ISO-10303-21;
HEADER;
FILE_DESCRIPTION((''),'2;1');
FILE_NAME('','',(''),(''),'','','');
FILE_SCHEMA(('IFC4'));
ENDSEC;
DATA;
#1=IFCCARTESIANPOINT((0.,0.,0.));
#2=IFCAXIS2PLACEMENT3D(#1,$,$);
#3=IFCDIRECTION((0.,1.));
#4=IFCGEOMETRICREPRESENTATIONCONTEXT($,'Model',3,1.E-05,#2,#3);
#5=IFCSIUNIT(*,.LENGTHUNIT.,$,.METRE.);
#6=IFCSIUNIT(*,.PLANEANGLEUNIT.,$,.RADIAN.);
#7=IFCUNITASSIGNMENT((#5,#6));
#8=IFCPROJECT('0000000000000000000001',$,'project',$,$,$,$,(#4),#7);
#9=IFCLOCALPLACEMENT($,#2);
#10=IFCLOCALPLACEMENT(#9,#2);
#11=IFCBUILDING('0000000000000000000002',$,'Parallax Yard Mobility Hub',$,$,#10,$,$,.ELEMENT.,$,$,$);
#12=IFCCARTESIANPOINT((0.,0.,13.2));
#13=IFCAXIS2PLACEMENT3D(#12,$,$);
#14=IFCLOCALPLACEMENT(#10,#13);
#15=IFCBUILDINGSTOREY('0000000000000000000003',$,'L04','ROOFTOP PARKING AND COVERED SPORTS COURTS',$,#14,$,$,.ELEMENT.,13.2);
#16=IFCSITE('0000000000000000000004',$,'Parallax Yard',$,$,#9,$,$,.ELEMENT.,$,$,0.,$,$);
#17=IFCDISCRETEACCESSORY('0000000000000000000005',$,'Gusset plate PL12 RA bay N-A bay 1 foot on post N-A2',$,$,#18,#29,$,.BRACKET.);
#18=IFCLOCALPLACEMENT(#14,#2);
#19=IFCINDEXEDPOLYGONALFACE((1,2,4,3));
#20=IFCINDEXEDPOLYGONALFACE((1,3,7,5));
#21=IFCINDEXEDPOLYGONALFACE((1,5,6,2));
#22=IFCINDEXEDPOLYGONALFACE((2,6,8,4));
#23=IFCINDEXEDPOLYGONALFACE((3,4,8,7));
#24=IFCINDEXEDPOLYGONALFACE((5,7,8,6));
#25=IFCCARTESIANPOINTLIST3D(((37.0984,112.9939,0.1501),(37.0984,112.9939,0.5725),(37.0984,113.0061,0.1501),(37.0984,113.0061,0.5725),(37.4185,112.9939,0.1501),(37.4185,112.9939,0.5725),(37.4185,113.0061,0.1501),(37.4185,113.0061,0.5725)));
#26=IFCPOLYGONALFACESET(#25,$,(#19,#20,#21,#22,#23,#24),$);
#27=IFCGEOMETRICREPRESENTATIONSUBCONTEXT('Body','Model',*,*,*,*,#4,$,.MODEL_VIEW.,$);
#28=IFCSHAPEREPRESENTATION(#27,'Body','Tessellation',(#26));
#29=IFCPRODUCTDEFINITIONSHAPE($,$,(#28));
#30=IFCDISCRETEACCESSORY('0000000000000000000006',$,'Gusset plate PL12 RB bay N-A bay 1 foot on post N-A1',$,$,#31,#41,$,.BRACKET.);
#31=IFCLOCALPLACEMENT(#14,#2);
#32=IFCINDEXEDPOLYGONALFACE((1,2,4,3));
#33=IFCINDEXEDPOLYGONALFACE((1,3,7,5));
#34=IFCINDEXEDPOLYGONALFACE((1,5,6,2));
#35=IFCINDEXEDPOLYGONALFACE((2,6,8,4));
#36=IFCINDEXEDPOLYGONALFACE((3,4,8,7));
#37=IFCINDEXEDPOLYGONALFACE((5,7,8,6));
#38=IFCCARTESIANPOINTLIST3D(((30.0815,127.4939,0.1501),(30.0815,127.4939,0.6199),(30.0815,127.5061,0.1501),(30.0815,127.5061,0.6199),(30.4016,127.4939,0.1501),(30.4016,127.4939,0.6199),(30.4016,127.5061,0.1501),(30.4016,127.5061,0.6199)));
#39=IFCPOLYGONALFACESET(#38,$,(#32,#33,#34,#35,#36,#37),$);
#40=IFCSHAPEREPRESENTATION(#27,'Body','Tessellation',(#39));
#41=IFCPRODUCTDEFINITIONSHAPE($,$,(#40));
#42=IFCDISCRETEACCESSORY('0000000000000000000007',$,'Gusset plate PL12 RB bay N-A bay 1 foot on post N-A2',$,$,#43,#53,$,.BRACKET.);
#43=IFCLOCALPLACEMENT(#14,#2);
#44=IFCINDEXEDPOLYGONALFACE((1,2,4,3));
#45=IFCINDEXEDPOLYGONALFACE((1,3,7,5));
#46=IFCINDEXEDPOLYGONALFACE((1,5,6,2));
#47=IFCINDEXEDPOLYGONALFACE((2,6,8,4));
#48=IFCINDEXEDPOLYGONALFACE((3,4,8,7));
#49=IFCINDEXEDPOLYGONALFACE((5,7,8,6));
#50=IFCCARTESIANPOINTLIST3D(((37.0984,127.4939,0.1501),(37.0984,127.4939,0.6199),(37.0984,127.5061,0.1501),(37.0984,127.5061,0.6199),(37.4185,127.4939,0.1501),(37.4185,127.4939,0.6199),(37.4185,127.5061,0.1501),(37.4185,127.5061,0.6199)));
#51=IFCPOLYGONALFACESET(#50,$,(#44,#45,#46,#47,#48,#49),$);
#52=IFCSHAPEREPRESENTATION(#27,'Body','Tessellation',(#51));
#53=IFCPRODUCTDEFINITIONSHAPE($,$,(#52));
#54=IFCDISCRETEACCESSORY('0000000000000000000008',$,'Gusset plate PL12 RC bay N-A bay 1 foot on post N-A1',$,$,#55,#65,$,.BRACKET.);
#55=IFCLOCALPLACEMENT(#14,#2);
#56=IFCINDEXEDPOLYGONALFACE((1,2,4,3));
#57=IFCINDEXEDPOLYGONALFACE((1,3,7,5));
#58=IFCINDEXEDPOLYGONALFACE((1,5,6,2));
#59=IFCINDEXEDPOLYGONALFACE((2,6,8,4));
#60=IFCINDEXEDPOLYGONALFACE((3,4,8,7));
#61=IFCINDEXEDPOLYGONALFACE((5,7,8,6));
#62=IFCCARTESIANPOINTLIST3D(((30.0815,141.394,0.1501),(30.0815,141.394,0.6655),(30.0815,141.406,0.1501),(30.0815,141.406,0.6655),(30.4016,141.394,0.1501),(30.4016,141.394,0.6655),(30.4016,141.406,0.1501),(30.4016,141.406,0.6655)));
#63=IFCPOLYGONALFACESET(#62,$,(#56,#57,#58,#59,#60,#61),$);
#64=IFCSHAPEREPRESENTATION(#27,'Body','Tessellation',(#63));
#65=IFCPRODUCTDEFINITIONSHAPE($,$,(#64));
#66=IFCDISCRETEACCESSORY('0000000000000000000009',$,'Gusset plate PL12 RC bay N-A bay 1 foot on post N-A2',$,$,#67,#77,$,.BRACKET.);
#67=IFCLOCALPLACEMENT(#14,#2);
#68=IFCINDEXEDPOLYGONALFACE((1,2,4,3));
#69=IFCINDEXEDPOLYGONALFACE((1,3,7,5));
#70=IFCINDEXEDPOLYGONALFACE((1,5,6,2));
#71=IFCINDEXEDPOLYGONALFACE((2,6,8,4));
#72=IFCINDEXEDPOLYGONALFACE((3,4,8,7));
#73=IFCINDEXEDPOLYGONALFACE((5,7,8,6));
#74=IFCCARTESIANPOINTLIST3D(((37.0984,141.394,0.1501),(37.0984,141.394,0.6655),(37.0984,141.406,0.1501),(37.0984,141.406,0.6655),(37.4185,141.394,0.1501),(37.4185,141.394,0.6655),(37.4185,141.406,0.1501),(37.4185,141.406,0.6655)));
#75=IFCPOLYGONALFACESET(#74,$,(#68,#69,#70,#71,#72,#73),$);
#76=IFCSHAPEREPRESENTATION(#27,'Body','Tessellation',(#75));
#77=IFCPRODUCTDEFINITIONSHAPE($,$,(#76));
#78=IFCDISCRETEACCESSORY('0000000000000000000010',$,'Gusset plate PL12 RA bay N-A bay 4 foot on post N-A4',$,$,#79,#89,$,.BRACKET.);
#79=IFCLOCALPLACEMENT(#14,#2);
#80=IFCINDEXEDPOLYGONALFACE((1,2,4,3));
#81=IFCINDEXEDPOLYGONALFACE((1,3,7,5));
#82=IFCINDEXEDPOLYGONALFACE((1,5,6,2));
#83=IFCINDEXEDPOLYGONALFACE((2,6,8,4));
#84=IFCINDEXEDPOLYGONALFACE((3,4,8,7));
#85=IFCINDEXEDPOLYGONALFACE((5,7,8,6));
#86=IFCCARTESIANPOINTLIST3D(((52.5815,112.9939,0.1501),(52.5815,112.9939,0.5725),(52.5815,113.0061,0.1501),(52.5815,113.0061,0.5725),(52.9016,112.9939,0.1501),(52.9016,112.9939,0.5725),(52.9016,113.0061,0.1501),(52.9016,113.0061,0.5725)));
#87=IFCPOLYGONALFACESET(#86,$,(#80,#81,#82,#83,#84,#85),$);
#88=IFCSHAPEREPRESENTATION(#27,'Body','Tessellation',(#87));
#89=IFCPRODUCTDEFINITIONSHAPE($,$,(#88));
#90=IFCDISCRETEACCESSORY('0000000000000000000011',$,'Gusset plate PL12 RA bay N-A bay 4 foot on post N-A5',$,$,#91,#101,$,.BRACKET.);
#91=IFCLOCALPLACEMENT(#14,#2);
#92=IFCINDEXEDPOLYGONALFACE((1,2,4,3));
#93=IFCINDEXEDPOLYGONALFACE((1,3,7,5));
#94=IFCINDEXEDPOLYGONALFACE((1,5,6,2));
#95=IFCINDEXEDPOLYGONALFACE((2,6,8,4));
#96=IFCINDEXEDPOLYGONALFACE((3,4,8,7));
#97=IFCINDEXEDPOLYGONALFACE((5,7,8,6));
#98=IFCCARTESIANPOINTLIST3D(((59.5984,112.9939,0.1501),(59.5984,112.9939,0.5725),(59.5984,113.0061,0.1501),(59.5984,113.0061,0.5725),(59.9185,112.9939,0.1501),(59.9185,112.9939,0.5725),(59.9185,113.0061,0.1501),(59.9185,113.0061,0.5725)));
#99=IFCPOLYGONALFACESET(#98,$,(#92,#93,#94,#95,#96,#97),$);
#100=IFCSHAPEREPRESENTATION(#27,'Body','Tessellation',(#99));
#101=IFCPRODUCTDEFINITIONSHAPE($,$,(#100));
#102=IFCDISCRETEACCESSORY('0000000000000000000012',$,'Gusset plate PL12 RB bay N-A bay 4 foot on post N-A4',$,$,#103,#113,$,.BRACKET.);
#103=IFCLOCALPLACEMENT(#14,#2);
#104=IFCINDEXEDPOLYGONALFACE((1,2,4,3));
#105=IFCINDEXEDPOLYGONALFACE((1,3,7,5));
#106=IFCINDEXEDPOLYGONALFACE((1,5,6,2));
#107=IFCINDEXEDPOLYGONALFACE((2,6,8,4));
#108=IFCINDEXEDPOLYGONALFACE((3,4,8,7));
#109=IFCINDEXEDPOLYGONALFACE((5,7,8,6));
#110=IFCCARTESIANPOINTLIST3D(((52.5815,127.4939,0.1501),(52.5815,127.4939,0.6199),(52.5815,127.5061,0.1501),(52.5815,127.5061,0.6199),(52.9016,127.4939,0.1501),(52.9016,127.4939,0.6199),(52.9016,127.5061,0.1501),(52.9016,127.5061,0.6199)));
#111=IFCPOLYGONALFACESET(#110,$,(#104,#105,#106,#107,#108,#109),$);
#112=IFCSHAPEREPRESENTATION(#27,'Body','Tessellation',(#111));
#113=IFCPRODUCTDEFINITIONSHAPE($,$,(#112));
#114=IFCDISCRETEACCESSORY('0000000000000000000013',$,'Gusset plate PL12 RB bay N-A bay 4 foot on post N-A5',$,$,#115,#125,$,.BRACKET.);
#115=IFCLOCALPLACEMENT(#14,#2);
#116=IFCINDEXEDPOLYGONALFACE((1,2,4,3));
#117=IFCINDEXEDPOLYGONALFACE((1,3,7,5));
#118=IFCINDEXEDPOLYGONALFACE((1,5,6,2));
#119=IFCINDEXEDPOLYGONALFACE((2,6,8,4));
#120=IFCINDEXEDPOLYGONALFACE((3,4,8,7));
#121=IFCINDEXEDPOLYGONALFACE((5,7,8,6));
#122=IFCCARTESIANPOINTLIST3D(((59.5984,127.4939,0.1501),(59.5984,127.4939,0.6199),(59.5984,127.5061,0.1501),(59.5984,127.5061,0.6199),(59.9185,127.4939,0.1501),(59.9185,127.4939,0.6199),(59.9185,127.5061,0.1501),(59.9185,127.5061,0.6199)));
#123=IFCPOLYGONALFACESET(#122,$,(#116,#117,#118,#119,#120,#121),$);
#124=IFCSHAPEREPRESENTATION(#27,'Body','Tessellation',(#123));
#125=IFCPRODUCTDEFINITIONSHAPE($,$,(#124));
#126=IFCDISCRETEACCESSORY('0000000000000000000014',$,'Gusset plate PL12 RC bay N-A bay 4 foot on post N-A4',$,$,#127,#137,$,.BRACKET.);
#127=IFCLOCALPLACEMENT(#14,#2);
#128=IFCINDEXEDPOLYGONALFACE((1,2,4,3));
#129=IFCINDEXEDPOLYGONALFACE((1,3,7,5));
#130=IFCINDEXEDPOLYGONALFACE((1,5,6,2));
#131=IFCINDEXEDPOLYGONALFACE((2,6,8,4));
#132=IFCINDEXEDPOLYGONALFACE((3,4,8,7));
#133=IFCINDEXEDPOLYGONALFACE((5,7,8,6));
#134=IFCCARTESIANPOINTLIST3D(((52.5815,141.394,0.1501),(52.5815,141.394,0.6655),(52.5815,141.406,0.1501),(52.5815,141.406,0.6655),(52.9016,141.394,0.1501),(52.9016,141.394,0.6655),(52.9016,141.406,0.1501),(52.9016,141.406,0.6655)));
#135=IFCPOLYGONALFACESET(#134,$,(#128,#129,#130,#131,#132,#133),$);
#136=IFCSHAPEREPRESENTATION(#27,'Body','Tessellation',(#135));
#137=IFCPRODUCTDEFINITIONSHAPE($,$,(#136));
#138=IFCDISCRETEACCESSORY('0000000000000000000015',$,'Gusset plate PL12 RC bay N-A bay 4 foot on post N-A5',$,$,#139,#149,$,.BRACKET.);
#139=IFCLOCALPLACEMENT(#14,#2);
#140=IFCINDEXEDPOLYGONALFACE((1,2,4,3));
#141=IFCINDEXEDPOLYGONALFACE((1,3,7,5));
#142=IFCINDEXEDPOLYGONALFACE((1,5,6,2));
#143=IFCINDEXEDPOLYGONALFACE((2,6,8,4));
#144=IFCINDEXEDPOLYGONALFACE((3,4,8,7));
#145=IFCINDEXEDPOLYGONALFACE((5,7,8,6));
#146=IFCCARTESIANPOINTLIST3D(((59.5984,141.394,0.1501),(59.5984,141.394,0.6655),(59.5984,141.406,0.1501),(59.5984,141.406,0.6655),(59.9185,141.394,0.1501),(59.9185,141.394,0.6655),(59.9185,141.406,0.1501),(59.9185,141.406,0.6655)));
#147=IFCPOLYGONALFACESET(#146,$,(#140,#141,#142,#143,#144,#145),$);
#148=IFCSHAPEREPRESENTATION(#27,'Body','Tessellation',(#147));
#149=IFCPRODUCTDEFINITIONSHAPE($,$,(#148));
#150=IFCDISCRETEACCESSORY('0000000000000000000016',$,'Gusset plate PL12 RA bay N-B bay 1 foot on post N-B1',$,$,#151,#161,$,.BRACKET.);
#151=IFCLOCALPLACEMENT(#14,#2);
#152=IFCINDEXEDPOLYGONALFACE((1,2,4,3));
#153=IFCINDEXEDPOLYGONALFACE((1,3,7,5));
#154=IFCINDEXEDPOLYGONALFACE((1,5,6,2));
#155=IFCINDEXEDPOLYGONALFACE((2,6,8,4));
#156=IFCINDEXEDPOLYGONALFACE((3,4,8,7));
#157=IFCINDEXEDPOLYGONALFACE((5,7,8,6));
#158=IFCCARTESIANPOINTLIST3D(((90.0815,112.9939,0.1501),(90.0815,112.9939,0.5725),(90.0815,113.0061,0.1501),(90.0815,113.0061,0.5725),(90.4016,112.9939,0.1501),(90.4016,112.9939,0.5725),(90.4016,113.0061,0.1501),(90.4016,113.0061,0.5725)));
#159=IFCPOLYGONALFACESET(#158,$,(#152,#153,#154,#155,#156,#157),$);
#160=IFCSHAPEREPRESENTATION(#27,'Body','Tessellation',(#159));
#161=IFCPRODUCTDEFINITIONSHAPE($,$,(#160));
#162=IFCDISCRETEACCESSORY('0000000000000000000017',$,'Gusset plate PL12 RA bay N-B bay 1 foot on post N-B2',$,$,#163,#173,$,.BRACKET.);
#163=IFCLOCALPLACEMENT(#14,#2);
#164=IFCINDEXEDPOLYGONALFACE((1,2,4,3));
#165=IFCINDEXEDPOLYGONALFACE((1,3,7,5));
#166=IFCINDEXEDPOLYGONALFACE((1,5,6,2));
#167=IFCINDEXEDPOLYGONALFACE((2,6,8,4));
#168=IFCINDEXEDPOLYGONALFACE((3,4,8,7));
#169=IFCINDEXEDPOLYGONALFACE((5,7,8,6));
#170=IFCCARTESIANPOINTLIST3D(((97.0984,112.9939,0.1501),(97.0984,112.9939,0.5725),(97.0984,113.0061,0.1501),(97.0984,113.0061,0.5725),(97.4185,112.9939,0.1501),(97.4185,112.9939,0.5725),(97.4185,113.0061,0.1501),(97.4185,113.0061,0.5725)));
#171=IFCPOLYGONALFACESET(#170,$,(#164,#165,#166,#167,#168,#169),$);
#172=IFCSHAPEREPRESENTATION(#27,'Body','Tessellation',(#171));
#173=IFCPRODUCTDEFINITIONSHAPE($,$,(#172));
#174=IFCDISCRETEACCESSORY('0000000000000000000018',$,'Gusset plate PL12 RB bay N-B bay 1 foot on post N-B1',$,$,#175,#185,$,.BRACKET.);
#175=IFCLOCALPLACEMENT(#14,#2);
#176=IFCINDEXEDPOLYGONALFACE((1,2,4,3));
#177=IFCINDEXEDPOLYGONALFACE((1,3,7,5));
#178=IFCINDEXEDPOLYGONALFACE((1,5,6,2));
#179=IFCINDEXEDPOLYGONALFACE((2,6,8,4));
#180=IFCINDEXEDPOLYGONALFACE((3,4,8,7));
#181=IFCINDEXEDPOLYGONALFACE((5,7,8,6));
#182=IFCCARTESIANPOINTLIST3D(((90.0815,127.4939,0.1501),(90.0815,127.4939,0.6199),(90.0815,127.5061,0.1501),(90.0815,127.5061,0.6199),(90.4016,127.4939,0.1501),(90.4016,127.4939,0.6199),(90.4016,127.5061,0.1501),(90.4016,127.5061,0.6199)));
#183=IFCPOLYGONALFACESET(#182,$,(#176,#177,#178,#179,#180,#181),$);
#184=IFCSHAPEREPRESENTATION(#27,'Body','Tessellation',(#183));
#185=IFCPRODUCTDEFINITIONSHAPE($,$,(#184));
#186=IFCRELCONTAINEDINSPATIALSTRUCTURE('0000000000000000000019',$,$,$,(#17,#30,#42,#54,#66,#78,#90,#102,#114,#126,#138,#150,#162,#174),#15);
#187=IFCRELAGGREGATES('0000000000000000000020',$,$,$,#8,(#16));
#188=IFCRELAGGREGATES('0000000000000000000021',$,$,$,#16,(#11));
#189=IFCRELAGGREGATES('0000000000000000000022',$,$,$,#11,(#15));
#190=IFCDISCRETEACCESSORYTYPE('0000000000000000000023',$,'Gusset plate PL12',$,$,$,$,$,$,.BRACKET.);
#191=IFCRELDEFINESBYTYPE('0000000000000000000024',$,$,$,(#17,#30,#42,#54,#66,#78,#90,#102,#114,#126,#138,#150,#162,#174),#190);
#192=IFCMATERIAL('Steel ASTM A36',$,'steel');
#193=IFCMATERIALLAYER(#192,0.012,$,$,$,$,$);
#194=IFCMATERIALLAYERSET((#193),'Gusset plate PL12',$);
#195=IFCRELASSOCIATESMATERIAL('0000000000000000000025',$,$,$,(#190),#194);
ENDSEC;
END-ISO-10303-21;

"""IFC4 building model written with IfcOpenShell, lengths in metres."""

from ifc_helpers import new_model, si_unit, direction, frame, origin, place, context, subcontext, project, spatial, polyline, outline, extrude, material, layer, layer_set, type_object, element, save


model = new_model("IFC4")

# Units and contexts
model_context = context("Model", 3, precision=1e-05, world=origin(), true_north=direction((0.0, 1.0)))
body_context = subcontext(model_context, "Body", "Model", "MODEL_VIEW")
ifc_project = project(units=[si_unit("LENGTHUNIT", "METRE"), si_unit("PLANEANGLEUNIT", "RADIAN")], contexts=[model_context])

# Site, building, storey
site_placement = place(None, origin())
site = spatial("IfcSite", under=ifc_project, at=site_placement, Name="Parallax Yard", CompositionType="ELEMENT", RefElevation=0.0)
building_placement = place(site_placement, origin())
building = spatial("IfcBuilding", under=site, at=building_placement, Name="Parallax Yard Mobility Hub", CompositionType="ELEMENT")
storey_placement = place(building_placement, frame((0.0, 0.0, 13.2)))
storey = spatial("IfcBuildingStorey", under=building, at=storey_placement, Name="L04", Description="ROOFTOP PARKING AND COVERED SPORTS COURTS", CompositionType="ELEMENT", Elevation=13.2)

# Discrete accessories
ifc_material_1 = material(Name="Steel ASTM A36", Category="steel")
ifc_layer_1 = layer(ifc_material_1, 0.012)
ifc_layer_set_1 = layer_set([ifc_layer_1], Name="Gusset plate PL12")
discrete_accessory_type = type_object("IfcDiscreteAccessoryType", Name="Gusset plate PL12", PredefinedType="BRACKET", material=ifc_layer_set_1)
discrete_accessory_1_placement = place(storey_placement, frame((0.0, 0.0, 0.1501)))
element("IfcDiscreteAccessory", 1, at=discrete_accessory_1_placement, inside=storey, type_object=discrete_accessory_type, Name="Gusset plate PL12 RA bay N-A bay 1 foot on post N-A2", PredefinedType="BRACKET", context=body_context, shape_type="SweptSolid", body=[
    extrude(outline(polyline([(37.4185, 113.0061), (37.0984, 113.0061), (37.0984, 112.9939), (37.4185, 112.9939), (37.4185, 113.0061)])), origin(), (0.0, 0.0, 1.0), 0.4224),
])
discrete_accessory_2_placement = place(storey_placement, frame((0.0, 0.0, 0.1501)))
element("IfcDiscreteAccessory", 2, at=discrete_accessory_2_placement, inside=storey, type_object=discrete_accessory_type, Name="Gusset plate PL12 RB bay N-A bay 1 foot on post N-A1", PredefinedType="BRACKET", context=body_context, shape_type="SweptSolid", body=[
    extrude(outline(polyline([(30.0815, 127.4939), (30.4016, 127.4939), (30.4016, 127.5061), (30.0815, 127.5061), (30.0815, 127.4939)])), origin(), (0.0, 0.0, 1.0), 0.4697),
])
discrete_accessory_3_placement = place(storey_placement, frame((0.0, 0.0, 0.1501)))
element("IfcDiscreteAccessory", 3, at=discrete_accessory_3_placement, inside=storey, type_object=discrete_accessory_type, Name="Gusset plate PL12 RB bay N-A bay 1 foot on post N-A2", PredefinedType="BRACKET", context=body_context, shape_type="SweptSolid", body=[
    extrude(outline(polyline([(37.4185, 127.5061), (37.0984, 127.5061), (37.0984, 127.4939), (37.4185, 127.4939), (37.4185, 127.5061)])), origin(), (0.0, 0.0, 1.0), 0.4697),
])
discrete_accessory_4_placement = place(storey_placement, frame((0.0, 0.0, 0.1501)))
element("IfcDiscreteAccessory", 4, at=discrete_accessory_4_placement, inside=storey, type_object=discrete_accessory_type, Name="Gusset plate PL12 RC bay N-A bay 1 foot on post N-A1", PredefinedType="BRACKET", context=body_context, shape_type="SweptSolid", body=[
    extrude(outline(polyline([(30.0815, 141.394), (30.4016, 141.394), (30.4016, 141.406), (30.0815, 141.406), (30.0815, 141.394)])), origin(), (0.0, 0.0, 1.0), 0.5154),
])
discrete_accessory_5_placement = place(storey_placement, frame((0.0, 0.0, 0.1501)))
element("IfcDiscreteAccessory", 5, at=discrete_accessory_5_placement, inside=storey, type_object=discrete_accessory_type, Name="Gusset plate PL12 RC bay N-A bay 1 foot on post N-A2", PredefinedType="BRACKET", context=body_context, shape_type="SweptSolid", body=[
    extrude(outline(polyline([(37.4185, 141.406), (37.0984, 141.406), (37.0984, 141.394), (37.4185, 141.394), (37.4185, 141.406)])), origin(), (0.0, 0.0, 1.0), 0.5154),
])
discrete_accessory_6_placement = place(storey_placement, frame((0.0, 0.0, 0.1501)))
element("IfcDiscreteAccessory", 6, at=discrete_accessory_6_placement, inside=storey, type_object=discrete_accessory_type, Name="Gusset plate PL12 RA bay N-A bay 4 foot on post N-A4", PredefinedType="BRACKET", context=body_context, shape_type="SweptSolid", body=[
    extrude(outline(polyline([(52.5815, 112.9939), (52.9016, 112.9939), (52.9016, 113.0061), (52.5815, 113.0061), (52.5815, 112.9939)])), origin(), (0.0, 0.0, 1.0), 0.4224),
])
discrete_accessory_7_placement = place(storey_placement, frame((0.0, 0.0, 0.1501)))
element("IfcDiscreteAccessory", 7, at=discrete_accessory_7_placement, inside=storey, type_object=discrete_accessory_type, Name="Gusset plate PL12 RA bay N-A bay 4 foot on post N-A5", PredefinedType="BRACKET", context=body_context, shape_type="SweptSolid", body=[
    extrude(outline(polyline([(59.9185, 113.0061), (59.5984, 113.0061), (59.5984, 112.9939), (59.9185, 112.9939), (59.9185, 113.0061)])), origin(), (0.0, 0.0, 1.0), 0.4224),
])
discrete_accessory_8_placement = place(storey_placement, frame((0.0, 0.0, 0.1501)))
element("IfcDiscreteAccessory", 8, at=discrete_accessory_8_placement, inside=storey, type_object=discrete_accessory_type, Name="Gusset plate PL12 RB bay N-A bay 4 foot on post N-A4", PredefinedType="BRACKET", context=body_context, shape_type="SweptSolid", body=[
    extrude(outline(polyline([(52.5815, 127.4939), (52.9016, 127.4939), (52.9016, 127.5061), (52.5815, 127.5061), (52.5815, 127.4939)])), origin(), (0.0, 0.0, 1.0), 0.4697),
])
discrete_accessory_9_placement = place(storey_placement, frame((0.0, 0.0, 0.1501)))
element("IfcDiscreteAccessory", 9, at=discrete_accessory_9_placement, inside=storey, type_object=discrete_accessory_type, Name="Gusset plate PL12 RB bay N-A bay 4 foot on post N-A5", PredefinedType="BRACKET", context=body_context, shape_type="SweptSolid", body=[
    extrude(outline(polyline([(59.9185, 127.5061), (59.5984, 127.5061), (59.5984, 127.4939), (59.9185, 127.4939), (59.9185, 127.5061)])), origin(), (0.0, 0.0, 1.0), 0.4697),
])
discrete_accessory_10_placement = place(storey_placement, frame((0.0, 0.0, 0.1501)))
element("IfcDiscreteAccessory", 10, at=discrete_accessory_10_placement, inside=storey, type_object=discrete_accessory_type, Name="Gusset plate PL12 RC bay N-A bay 4 foot on post N-A4", PredefinedType="BRACKET", context=body_context, shape_type="SweptSolid", body=[
    extrude(outline(polyline([(52.5815, 141.394), (52.9016, 141.394), (52.9016, 141.406), (52.5815, 141.406), (52.5815, 141.394)])), origin(), (0.0, 0.0, 1.0), 0.5154),
])
discrete_accessory_11_placement = place(storey_placement, frame((0.0, 0.0, 0.1501)))
element("IfcDiscreteAccessory", 11, at=discrete_accessory_11_placement, inside=storey, type_object=discrete_accessory_type, Name="Gusset plate PL12 RC bay N-A bay 4 foot on post N-A5", PredefinedType="BRACKET", context=body_context, shape_type="SweptSolid", body=[
    extrude(outline(polyline([(59.9185, 141.406), (59.5984, 141.406), (59.5984, 141.394), (59.9185, 141.394), (59.9185, 141.406)])), origin(), (0.0, 0.0, 1.0), 0.5154),
])
discrete_accessory_12_placement = place(storey_placement, frame((0.0, 0.0, 0.1501)))
element("IfcDiscreteAccessory", 12, at=discrete_accessory_12_placement, inside=storey, type_object=discrete_accessory_type, Name="Gusset plate PL12 RA bay N-B bay 1 foot on post N-B1", PredefinedType="BRACKET", context=body_context, shape_type="SweptSolid", body=[
    extrude(outline(polyline([(90.0815, 112.9939), (90.4016, 112.9939), (90.4016, 113.0061), (90.0815, 113.0061), (90.0815, 112.9939)])), origin(), (0.0, 0.0, 1.0), 0.4224),
])
discrete_accessory_13_placement = place(storey_placement, frame((0.0, 0.0, 0.1501)))
element("IfcDiscreteAccessory", 13, at=discrete_accessory_13_placement, inside=storey, type_object=discrete_accessory_type, Name="Gusset plate PL12 RA bay N-B bay 1 foot on post N-B2", PredefinedType="BRACKET", context=body_context, shape_type="SweptSolid", body=[
    extrude(outline(polyline([(97.4185, 113.0061), (97.0984, 113.0061), (97.0984, 112.9939), (97.4185, 112.9939), (97.4185, 113.0061)])), origin(), (0.0, 0.0, 1.0), 0.4224),
])
discrete_accessory_14_placement = place(storey_placement, frame((0.0, 0.0, 0.1501)))
element("IfcDiscreteAccessory", 14, at=discrete_accessory_14_placement, inside=storey, type_object=discrete_accessory_type, Name="Gusset plate PL12 RB bay N-B bay 1 foot on post N-B1", PredefinedType="BRACKET", context=body_context, shape_type="SweptSolid", body=[
    extrude(outline(polyline([(90.0815, 127.4939), (90.4016, 127.4939), (90.4016, 127.5061), (90.0815, 127.5061), (90.0815, 127.4939)])), origin(), (0.0, 0.0, 1.0), 0.4697),
])

save(model, "model.ifc")
